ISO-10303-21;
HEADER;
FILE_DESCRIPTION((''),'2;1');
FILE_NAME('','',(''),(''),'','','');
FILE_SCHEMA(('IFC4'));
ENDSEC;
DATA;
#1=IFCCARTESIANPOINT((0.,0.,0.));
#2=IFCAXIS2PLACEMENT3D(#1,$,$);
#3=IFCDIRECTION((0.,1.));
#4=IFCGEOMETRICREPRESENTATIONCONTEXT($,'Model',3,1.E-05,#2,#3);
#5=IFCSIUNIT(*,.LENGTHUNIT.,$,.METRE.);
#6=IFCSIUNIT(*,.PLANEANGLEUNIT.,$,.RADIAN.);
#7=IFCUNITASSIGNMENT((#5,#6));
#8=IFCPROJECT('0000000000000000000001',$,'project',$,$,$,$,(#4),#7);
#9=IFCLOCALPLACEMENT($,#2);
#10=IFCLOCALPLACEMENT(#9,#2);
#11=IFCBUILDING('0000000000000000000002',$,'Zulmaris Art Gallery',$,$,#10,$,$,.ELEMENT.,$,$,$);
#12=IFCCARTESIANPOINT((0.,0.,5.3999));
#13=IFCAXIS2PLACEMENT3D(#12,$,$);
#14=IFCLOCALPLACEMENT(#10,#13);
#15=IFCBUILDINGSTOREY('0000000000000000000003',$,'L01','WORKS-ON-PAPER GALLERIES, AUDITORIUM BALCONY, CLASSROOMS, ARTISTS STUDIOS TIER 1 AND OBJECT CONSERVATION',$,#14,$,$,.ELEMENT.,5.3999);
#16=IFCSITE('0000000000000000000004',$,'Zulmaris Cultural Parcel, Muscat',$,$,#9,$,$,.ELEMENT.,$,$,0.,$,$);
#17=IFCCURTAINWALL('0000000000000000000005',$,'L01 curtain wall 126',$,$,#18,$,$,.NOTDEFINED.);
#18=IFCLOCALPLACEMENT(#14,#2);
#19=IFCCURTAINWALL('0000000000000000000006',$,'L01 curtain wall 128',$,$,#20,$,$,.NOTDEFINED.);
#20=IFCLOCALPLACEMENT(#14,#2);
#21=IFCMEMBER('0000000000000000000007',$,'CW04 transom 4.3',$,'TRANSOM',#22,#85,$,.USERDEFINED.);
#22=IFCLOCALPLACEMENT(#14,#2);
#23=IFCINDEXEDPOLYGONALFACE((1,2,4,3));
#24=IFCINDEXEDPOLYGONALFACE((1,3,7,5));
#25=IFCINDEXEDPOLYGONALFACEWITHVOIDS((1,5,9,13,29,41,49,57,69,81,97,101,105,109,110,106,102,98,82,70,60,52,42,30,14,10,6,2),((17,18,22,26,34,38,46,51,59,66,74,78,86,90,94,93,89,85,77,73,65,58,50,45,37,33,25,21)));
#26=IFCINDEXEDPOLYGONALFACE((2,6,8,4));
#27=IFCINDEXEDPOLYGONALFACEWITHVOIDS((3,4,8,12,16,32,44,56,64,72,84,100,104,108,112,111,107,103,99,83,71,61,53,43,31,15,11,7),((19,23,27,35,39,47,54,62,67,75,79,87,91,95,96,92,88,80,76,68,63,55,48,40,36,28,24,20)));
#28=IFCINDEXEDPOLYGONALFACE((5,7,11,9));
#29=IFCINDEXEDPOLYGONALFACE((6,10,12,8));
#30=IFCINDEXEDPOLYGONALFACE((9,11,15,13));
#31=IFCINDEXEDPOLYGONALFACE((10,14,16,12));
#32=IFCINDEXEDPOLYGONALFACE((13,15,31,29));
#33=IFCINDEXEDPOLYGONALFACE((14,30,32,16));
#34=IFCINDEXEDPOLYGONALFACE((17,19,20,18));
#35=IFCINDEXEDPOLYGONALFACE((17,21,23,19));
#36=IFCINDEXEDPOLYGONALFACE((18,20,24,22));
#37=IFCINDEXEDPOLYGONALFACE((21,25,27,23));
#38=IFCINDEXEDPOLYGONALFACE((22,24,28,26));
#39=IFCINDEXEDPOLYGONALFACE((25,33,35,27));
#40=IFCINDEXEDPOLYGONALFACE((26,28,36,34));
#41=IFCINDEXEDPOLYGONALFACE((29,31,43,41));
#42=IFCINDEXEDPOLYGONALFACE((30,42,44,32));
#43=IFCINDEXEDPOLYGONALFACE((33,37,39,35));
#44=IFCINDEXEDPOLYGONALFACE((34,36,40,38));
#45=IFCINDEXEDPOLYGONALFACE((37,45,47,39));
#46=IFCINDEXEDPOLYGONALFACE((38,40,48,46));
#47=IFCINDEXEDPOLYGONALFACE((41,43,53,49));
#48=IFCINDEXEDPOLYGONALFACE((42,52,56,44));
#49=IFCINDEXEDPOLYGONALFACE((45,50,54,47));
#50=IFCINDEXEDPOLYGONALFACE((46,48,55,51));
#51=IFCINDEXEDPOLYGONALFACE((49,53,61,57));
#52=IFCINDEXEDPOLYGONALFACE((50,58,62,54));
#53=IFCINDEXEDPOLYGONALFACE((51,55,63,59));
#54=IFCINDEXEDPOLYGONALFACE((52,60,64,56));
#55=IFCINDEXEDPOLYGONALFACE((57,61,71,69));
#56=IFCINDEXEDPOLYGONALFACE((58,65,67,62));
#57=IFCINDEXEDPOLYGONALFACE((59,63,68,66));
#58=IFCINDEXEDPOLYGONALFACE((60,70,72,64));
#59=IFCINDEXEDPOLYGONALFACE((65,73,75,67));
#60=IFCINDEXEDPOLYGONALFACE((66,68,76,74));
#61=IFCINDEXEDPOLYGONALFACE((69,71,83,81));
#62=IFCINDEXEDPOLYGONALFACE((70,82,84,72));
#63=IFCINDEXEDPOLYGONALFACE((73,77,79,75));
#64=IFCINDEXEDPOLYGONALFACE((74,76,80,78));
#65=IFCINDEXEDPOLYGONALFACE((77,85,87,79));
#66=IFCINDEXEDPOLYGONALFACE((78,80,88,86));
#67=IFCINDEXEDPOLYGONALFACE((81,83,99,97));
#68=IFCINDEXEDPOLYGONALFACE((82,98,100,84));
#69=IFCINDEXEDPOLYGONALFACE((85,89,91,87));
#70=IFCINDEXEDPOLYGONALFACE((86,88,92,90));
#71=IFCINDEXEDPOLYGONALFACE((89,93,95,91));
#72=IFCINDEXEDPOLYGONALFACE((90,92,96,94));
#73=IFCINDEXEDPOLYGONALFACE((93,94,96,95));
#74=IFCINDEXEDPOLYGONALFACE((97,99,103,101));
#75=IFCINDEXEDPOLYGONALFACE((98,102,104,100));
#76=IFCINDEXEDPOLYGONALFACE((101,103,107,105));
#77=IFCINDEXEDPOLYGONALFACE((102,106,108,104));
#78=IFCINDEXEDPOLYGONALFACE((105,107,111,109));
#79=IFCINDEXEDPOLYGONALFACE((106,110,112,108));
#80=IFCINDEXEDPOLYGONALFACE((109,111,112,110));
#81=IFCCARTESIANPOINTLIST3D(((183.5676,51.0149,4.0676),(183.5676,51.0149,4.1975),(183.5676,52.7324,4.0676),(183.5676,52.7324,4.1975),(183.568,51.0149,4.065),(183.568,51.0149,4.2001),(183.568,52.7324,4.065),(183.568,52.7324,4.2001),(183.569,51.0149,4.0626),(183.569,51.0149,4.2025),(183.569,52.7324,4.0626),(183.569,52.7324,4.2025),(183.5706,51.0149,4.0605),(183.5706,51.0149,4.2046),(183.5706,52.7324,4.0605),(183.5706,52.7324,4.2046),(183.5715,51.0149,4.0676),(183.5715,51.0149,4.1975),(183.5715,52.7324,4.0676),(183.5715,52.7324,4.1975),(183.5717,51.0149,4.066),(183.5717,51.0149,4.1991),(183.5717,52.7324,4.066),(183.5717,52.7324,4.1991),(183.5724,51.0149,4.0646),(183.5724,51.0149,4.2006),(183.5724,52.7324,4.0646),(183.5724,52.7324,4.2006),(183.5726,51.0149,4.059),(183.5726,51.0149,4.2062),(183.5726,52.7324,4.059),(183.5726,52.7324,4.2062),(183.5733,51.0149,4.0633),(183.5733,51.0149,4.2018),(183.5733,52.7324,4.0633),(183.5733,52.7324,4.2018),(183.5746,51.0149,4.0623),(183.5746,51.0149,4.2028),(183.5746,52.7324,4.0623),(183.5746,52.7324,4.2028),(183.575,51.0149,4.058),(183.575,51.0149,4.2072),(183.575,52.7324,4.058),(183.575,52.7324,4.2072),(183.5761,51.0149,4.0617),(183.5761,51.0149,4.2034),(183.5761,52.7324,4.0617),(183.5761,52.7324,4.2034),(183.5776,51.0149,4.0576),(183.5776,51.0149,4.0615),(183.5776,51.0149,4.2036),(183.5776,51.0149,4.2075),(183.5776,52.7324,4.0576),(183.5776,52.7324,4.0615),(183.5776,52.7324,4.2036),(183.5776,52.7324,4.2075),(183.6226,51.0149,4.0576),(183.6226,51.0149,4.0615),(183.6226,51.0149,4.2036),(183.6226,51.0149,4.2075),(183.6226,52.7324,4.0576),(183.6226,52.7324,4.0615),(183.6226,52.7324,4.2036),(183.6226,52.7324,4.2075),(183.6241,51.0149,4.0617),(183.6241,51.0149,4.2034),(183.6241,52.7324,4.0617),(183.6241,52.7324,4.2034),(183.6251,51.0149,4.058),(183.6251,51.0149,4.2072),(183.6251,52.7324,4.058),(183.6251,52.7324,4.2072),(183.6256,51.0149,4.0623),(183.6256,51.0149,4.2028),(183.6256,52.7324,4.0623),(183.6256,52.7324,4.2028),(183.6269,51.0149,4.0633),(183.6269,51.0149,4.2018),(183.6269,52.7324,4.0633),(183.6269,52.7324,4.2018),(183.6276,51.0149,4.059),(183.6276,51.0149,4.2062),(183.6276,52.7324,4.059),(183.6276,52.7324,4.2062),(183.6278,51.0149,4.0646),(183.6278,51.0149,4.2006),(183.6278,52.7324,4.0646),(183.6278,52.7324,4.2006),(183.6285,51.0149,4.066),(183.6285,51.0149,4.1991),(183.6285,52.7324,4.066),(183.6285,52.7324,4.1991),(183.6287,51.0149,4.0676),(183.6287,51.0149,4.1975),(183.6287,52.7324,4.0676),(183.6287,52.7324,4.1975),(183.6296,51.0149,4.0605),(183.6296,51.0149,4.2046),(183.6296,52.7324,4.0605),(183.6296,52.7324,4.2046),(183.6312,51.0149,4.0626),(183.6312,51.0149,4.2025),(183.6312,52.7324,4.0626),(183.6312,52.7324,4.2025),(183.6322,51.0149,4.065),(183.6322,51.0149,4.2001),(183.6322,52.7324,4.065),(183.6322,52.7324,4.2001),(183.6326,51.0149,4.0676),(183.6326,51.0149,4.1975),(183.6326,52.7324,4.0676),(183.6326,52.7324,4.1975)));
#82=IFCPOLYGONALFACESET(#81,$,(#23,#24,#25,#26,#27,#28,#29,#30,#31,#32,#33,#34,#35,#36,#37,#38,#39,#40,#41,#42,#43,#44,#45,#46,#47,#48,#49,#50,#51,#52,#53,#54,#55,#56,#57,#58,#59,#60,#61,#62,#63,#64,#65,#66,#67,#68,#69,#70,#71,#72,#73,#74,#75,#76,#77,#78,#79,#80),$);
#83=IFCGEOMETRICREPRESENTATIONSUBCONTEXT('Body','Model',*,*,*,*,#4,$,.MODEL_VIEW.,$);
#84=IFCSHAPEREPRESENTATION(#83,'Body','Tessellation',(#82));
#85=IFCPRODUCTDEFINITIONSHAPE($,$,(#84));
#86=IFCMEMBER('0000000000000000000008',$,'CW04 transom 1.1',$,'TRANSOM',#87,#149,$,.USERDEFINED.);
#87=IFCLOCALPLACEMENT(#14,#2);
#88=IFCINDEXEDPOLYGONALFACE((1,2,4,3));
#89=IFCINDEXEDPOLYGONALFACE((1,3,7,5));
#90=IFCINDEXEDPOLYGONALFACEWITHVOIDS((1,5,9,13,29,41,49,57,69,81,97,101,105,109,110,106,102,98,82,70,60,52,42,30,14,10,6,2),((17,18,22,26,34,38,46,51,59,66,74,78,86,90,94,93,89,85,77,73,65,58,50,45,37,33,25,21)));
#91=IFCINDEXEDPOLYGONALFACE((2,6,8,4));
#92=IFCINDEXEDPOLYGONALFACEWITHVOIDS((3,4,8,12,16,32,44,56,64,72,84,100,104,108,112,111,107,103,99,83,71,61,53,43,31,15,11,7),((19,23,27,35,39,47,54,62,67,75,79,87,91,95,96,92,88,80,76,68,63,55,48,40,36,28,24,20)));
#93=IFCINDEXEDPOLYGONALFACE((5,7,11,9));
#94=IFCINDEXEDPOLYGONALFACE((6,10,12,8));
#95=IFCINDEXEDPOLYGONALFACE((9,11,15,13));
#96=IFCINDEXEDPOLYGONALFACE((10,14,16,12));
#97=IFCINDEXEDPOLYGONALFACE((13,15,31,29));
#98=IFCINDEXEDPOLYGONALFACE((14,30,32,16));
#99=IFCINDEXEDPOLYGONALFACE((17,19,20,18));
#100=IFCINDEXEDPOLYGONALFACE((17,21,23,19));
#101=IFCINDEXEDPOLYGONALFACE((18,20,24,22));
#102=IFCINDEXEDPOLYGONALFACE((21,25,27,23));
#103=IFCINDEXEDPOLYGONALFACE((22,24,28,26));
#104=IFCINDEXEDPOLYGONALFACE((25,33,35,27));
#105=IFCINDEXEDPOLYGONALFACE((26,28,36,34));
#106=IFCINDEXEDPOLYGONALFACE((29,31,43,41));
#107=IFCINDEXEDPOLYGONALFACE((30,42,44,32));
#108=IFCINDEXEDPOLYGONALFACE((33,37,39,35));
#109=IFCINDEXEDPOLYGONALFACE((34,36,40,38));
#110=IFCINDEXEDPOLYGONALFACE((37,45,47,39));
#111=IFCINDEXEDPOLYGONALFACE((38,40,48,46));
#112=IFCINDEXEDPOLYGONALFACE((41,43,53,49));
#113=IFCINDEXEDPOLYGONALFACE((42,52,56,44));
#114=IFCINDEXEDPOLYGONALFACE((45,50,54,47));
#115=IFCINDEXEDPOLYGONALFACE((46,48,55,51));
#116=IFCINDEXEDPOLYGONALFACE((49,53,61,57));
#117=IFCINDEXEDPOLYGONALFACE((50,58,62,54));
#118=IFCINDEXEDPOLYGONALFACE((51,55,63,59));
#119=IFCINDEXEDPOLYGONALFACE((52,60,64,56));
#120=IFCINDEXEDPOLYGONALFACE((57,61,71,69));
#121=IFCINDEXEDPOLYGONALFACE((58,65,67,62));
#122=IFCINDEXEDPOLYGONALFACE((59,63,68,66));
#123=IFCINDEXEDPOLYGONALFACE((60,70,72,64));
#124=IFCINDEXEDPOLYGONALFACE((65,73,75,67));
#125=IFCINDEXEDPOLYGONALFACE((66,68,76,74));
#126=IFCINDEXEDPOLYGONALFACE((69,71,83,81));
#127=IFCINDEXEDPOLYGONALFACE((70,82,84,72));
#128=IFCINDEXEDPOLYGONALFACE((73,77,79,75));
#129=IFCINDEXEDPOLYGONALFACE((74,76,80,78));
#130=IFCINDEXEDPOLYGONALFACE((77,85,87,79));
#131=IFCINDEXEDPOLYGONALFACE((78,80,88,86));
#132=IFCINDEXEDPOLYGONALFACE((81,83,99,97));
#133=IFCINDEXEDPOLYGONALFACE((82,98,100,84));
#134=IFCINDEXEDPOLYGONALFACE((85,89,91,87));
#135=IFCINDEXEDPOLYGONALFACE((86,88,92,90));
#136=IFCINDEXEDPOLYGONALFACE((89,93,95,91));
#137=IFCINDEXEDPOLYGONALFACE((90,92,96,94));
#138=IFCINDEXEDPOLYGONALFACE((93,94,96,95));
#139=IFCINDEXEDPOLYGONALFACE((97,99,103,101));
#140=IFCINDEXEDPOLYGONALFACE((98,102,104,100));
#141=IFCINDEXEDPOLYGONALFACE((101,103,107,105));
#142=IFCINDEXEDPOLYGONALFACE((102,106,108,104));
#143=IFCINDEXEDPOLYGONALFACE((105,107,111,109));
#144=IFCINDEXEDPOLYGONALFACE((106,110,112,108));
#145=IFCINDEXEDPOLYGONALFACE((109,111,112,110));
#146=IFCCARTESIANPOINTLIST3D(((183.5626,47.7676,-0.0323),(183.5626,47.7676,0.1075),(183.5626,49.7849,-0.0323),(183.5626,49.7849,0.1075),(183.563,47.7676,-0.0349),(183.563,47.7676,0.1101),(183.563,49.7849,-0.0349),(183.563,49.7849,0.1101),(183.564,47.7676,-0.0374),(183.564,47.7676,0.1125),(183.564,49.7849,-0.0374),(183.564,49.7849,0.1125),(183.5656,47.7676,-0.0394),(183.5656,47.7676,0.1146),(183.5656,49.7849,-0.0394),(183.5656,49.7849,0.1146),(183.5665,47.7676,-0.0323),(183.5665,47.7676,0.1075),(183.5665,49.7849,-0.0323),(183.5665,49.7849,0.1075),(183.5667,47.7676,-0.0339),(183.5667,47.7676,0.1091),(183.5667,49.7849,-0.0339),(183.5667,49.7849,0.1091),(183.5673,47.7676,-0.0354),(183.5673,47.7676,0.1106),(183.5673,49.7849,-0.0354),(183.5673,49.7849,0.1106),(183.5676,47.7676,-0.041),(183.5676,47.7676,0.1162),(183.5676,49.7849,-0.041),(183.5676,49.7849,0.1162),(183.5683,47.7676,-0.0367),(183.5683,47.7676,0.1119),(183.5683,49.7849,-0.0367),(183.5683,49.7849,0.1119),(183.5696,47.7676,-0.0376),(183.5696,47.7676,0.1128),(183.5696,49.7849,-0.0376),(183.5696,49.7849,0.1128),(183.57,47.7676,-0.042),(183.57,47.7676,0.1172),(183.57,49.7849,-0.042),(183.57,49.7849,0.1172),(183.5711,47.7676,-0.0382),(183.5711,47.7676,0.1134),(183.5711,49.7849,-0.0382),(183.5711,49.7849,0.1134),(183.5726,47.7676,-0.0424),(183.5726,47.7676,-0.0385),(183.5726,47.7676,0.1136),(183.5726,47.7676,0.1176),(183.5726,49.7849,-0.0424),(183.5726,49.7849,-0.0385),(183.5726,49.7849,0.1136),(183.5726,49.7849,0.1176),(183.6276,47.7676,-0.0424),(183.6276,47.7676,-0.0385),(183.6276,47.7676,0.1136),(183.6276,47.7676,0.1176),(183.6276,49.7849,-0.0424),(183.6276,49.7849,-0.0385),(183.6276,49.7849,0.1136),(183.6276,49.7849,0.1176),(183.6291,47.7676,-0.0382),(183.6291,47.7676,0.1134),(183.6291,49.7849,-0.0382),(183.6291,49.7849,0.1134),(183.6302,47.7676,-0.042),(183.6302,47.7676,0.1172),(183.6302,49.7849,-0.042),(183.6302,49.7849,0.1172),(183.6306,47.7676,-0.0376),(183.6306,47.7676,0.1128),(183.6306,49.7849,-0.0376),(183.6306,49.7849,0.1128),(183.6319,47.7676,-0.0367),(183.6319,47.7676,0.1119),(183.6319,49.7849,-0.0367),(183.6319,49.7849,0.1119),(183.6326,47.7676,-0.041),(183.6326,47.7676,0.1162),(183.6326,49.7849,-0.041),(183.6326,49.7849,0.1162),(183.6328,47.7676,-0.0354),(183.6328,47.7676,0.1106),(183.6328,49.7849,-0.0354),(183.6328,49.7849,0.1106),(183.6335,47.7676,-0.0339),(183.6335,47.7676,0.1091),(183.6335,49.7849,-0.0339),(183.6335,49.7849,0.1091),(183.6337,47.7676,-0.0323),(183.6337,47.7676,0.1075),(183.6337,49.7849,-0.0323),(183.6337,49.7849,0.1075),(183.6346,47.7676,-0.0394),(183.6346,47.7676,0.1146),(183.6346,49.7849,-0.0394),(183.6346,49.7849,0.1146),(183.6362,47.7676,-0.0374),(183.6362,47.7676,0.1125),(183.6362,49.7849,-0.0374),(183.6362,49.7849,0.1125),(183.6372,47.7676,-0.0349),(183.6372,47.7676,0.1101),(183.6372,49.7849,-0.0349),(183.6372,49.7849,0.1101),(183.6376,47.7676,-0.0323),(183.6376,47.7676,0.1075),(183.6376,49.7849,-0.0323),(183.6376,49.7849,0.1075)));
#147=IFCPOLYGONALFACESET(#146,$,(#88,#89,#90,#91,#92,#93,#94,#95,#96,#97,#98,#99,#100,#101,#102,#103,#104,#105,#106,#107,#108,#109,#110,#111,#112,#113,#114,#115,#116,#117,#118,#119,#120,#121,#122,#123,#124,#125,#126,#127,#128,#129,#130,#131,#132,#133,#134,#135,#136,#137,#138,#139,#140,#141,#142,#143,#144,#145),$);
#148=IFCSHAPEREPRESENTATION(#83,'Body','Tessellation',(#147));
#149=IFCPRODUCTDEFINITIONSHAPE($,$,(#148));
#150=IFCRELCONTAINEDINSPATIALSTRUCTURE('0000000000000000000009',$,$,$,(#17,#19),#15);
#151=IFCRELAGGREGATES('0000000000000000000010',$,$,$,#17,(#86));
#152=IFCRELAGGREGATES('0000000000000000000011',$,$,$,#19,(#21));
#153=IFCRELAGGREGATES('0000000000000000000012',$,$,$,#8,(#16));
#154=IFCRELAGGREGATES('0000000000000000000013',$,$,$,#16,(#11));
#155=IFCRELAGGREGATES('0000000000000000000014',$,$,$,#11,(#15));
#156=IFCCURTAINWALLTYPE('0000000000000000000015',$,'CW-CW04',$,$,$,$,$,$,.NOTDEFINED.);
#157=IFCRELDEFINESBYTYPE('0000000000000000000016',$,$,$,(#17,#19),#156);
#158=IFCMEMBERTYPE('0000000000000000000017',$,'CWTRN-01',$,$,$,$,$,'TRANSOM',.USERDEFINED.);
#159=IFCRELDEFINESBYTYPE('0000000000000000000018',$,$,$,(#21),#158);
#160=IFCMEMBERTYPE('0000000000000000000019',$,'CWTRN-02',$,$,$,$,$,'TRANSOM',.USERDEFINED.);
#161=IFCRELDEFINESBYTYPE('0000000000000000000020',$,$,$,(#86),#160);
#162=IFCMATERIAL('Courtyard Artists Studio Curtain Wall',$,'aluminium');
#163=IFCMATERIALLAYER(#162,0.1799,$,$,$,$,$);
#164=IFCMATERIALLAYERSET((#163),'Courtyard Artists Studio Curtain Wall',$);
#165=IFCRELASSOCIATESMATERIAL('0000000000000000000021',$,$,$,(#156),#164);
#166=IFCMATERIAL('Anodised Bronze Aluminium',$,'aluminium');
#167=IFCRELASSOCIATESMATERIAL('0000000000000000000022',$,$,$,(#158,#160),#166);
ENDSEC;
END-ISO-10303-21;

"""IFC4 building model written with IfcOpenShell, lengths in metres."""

from ifc_helpers import new_model, si_unit, direction, frame, origin, origin_2d, place, context, subcontext, project, spatial, hollow_rectangle, extrude, material, layer, layer_set, material_profile, profile_set, type_object, element, aggregate, save


model = new_model("IFC4")

# Units and contexts
model_context = context("Model", 3, precision=1e-05, world=origin(), true_north=direction((0.0, 1.0)))
body_context = subcontext(model_context, "Body", "Model", "MODEL_VIEW")
ifc_project = project(units=[si_unit("LENGTHUNIT", "METRE"), si_unit("PLANEANGLEUNIT", "RADIAN")], contexts=[model_context])

# Site, building, storey
site_placement = place(None, origin())
site = spatial("IfcSite", under=ifc_project, at=site_placement, Name="Zulmaris Cultural Parcel, Muscat", CompositionType="ELEMENT", RefElevation=0.0)
building_placement = place(site_placement, origin())
building = spatial("IfcBuilding", under=site, at=building_placement, Name="Zulmaris Art Gallery", CompositionType="ELEMENT")
storey_placement = place(building_placement, frame((0.0, 0.0, 5.3999)))
storey = spatial("IfcBuildingStorey", under=building, at=storey_placement, Name="L01", Description="WORKS-ON-PAPER GALLERIES, AUDITORIUM BALCONY, CLASSROOMS, ARTISTS STUDIOS TIER 1 AND OBJECT CONSERVATION", CompositionType="ELEMENT", Elevation=5.3999)

# Curtain walls
ifc_material_1 = material(Name="Courtyard Artists Studio Curtain Wall", Category="aluminium")
ifc_layer_1 = layer(ifc_material_1, 0.1799)
ifc_layer_set_1 = layer_set([ifc_layer_1], Name="Courtyard Artists Studio Curtain Wall")
curtain_wall_type = type_object("IfcCurtainWallType", Name="CW-CW04", PredefinedType="NOTDEFINED", material=ifc_layer_set_1)
curtain_wall_1_placement = place(storey_placement, origin())
curtain_wall_1 = element("IfcCurtainWall", 1, at=curtain_wall_1_placement, inside=storey, type_object=curtain_wall_type, Name="L01 curtain wall 126", PredefinedType="NOTDEFINED")
ifc_material_2 = material(Name="Anodised Bronze Aluminium", Category="aluminium")
curtain_wall_2_placement = place(storey_placement, origin())
curtain_wall_2 = element("IfcCurtainWall", 2, at=curtain_wall_2_placement, inside=storey, type_object=curtain_wall_type, Name="L01 curtain wall 128", PredefinedType="NOTDEFINED")

# Members
ifc_material_profile_1 = material_profile(ifc_material_2, hollow_rectangle(XDim=0.0649, YDim=0.1499, WallThickness=0.0039, InnerFilletRadius=0.0061, OuterFilletRadius=0.01, at=origin_2d()), Name="ALU 65x150x4")
ifc_profile_set_1 = profile_set([ifc_material_profile_1], Name="Anodised Bronze Aluminium")
member_type_1 = type_object("IfcMemberType", Name="CWTRN-01", ElementType="TRANSOM", PredefinedType="USERDEFINED", material=ifc_profile_set_1)
member_1_placement = place(storey_placement, frame((183.6001, 52.7324, 4.1326), z_axis=(0.0, -1.0, 0.0), x_axis=(1.0, 0.0, 0.0)))
member_1 = element("IfcMember", 3, at=member_1_placement, type_object=member_type_1, Name="CW04 transom 4.3", ObjectType="TRANSOM", PredefinedType="USERDEFINED", context=body_context, shape_type="SweptSolid", body=[
    extrude(hollow_rectangle(XDim=0.0649, YDim=0.1499, WallThickness=0.0039, InnerFilletRadius=0.0061, OuterFilletRadius=0.01, at=origin_2d()), origin(), (0.0, 0.0, 1.0), 1.7175),
])
ifc_material_profile_2 = material_profile(ifc_material_2, hollow_rectangle(XDim=0.075, YDim=0.1599, WallThickness=0.0039, InnerFilletRadius=0.0061, OuterFilletRadius=0.01, at=origin_2d()), Name="ALU 75x160x4")
ifc_profile_set_2 = profile_set([ifc_material_profile_2], Name="Anodised Bronze Aluminium")
member_type_2 = type_object("IfcMemberType", Name="CWTRN-02", ElementType="TRANSOM", PredefinedType="USERDEFINED", material=ifc_profile_set_2)
member_2_placement = place(storey_placement, frame((183.6001, 49.7849, 0.0376), z_axis=(0.0, -1.0, 0.0), x_axis=(1.0, 0.0, 0.0)))
member_2 = element("IfcMember", 4, at=member_2_placement, type_object=member_type_2, Name="CW04 transom 1.1", ObjectType="TRANSOM", PredefinedType="USERDEFINED", context=body_context, shape_type="SweptSolid", body=[
    extrude(hollow_rectangle(XDim=0.075, YDim=0.1599, WallThickness=0.0039, InnerFilletRadius=0.0061, OuterFilletRadius=0.01, at=origin_2d()), origin(), (0.0, 0.0, 1.0), 2.0173),
])

aggregate(curtain_wall_1, [member_2])
aggregate(curtain_wall_2, [member_1])

save(model, "model.ifc")
